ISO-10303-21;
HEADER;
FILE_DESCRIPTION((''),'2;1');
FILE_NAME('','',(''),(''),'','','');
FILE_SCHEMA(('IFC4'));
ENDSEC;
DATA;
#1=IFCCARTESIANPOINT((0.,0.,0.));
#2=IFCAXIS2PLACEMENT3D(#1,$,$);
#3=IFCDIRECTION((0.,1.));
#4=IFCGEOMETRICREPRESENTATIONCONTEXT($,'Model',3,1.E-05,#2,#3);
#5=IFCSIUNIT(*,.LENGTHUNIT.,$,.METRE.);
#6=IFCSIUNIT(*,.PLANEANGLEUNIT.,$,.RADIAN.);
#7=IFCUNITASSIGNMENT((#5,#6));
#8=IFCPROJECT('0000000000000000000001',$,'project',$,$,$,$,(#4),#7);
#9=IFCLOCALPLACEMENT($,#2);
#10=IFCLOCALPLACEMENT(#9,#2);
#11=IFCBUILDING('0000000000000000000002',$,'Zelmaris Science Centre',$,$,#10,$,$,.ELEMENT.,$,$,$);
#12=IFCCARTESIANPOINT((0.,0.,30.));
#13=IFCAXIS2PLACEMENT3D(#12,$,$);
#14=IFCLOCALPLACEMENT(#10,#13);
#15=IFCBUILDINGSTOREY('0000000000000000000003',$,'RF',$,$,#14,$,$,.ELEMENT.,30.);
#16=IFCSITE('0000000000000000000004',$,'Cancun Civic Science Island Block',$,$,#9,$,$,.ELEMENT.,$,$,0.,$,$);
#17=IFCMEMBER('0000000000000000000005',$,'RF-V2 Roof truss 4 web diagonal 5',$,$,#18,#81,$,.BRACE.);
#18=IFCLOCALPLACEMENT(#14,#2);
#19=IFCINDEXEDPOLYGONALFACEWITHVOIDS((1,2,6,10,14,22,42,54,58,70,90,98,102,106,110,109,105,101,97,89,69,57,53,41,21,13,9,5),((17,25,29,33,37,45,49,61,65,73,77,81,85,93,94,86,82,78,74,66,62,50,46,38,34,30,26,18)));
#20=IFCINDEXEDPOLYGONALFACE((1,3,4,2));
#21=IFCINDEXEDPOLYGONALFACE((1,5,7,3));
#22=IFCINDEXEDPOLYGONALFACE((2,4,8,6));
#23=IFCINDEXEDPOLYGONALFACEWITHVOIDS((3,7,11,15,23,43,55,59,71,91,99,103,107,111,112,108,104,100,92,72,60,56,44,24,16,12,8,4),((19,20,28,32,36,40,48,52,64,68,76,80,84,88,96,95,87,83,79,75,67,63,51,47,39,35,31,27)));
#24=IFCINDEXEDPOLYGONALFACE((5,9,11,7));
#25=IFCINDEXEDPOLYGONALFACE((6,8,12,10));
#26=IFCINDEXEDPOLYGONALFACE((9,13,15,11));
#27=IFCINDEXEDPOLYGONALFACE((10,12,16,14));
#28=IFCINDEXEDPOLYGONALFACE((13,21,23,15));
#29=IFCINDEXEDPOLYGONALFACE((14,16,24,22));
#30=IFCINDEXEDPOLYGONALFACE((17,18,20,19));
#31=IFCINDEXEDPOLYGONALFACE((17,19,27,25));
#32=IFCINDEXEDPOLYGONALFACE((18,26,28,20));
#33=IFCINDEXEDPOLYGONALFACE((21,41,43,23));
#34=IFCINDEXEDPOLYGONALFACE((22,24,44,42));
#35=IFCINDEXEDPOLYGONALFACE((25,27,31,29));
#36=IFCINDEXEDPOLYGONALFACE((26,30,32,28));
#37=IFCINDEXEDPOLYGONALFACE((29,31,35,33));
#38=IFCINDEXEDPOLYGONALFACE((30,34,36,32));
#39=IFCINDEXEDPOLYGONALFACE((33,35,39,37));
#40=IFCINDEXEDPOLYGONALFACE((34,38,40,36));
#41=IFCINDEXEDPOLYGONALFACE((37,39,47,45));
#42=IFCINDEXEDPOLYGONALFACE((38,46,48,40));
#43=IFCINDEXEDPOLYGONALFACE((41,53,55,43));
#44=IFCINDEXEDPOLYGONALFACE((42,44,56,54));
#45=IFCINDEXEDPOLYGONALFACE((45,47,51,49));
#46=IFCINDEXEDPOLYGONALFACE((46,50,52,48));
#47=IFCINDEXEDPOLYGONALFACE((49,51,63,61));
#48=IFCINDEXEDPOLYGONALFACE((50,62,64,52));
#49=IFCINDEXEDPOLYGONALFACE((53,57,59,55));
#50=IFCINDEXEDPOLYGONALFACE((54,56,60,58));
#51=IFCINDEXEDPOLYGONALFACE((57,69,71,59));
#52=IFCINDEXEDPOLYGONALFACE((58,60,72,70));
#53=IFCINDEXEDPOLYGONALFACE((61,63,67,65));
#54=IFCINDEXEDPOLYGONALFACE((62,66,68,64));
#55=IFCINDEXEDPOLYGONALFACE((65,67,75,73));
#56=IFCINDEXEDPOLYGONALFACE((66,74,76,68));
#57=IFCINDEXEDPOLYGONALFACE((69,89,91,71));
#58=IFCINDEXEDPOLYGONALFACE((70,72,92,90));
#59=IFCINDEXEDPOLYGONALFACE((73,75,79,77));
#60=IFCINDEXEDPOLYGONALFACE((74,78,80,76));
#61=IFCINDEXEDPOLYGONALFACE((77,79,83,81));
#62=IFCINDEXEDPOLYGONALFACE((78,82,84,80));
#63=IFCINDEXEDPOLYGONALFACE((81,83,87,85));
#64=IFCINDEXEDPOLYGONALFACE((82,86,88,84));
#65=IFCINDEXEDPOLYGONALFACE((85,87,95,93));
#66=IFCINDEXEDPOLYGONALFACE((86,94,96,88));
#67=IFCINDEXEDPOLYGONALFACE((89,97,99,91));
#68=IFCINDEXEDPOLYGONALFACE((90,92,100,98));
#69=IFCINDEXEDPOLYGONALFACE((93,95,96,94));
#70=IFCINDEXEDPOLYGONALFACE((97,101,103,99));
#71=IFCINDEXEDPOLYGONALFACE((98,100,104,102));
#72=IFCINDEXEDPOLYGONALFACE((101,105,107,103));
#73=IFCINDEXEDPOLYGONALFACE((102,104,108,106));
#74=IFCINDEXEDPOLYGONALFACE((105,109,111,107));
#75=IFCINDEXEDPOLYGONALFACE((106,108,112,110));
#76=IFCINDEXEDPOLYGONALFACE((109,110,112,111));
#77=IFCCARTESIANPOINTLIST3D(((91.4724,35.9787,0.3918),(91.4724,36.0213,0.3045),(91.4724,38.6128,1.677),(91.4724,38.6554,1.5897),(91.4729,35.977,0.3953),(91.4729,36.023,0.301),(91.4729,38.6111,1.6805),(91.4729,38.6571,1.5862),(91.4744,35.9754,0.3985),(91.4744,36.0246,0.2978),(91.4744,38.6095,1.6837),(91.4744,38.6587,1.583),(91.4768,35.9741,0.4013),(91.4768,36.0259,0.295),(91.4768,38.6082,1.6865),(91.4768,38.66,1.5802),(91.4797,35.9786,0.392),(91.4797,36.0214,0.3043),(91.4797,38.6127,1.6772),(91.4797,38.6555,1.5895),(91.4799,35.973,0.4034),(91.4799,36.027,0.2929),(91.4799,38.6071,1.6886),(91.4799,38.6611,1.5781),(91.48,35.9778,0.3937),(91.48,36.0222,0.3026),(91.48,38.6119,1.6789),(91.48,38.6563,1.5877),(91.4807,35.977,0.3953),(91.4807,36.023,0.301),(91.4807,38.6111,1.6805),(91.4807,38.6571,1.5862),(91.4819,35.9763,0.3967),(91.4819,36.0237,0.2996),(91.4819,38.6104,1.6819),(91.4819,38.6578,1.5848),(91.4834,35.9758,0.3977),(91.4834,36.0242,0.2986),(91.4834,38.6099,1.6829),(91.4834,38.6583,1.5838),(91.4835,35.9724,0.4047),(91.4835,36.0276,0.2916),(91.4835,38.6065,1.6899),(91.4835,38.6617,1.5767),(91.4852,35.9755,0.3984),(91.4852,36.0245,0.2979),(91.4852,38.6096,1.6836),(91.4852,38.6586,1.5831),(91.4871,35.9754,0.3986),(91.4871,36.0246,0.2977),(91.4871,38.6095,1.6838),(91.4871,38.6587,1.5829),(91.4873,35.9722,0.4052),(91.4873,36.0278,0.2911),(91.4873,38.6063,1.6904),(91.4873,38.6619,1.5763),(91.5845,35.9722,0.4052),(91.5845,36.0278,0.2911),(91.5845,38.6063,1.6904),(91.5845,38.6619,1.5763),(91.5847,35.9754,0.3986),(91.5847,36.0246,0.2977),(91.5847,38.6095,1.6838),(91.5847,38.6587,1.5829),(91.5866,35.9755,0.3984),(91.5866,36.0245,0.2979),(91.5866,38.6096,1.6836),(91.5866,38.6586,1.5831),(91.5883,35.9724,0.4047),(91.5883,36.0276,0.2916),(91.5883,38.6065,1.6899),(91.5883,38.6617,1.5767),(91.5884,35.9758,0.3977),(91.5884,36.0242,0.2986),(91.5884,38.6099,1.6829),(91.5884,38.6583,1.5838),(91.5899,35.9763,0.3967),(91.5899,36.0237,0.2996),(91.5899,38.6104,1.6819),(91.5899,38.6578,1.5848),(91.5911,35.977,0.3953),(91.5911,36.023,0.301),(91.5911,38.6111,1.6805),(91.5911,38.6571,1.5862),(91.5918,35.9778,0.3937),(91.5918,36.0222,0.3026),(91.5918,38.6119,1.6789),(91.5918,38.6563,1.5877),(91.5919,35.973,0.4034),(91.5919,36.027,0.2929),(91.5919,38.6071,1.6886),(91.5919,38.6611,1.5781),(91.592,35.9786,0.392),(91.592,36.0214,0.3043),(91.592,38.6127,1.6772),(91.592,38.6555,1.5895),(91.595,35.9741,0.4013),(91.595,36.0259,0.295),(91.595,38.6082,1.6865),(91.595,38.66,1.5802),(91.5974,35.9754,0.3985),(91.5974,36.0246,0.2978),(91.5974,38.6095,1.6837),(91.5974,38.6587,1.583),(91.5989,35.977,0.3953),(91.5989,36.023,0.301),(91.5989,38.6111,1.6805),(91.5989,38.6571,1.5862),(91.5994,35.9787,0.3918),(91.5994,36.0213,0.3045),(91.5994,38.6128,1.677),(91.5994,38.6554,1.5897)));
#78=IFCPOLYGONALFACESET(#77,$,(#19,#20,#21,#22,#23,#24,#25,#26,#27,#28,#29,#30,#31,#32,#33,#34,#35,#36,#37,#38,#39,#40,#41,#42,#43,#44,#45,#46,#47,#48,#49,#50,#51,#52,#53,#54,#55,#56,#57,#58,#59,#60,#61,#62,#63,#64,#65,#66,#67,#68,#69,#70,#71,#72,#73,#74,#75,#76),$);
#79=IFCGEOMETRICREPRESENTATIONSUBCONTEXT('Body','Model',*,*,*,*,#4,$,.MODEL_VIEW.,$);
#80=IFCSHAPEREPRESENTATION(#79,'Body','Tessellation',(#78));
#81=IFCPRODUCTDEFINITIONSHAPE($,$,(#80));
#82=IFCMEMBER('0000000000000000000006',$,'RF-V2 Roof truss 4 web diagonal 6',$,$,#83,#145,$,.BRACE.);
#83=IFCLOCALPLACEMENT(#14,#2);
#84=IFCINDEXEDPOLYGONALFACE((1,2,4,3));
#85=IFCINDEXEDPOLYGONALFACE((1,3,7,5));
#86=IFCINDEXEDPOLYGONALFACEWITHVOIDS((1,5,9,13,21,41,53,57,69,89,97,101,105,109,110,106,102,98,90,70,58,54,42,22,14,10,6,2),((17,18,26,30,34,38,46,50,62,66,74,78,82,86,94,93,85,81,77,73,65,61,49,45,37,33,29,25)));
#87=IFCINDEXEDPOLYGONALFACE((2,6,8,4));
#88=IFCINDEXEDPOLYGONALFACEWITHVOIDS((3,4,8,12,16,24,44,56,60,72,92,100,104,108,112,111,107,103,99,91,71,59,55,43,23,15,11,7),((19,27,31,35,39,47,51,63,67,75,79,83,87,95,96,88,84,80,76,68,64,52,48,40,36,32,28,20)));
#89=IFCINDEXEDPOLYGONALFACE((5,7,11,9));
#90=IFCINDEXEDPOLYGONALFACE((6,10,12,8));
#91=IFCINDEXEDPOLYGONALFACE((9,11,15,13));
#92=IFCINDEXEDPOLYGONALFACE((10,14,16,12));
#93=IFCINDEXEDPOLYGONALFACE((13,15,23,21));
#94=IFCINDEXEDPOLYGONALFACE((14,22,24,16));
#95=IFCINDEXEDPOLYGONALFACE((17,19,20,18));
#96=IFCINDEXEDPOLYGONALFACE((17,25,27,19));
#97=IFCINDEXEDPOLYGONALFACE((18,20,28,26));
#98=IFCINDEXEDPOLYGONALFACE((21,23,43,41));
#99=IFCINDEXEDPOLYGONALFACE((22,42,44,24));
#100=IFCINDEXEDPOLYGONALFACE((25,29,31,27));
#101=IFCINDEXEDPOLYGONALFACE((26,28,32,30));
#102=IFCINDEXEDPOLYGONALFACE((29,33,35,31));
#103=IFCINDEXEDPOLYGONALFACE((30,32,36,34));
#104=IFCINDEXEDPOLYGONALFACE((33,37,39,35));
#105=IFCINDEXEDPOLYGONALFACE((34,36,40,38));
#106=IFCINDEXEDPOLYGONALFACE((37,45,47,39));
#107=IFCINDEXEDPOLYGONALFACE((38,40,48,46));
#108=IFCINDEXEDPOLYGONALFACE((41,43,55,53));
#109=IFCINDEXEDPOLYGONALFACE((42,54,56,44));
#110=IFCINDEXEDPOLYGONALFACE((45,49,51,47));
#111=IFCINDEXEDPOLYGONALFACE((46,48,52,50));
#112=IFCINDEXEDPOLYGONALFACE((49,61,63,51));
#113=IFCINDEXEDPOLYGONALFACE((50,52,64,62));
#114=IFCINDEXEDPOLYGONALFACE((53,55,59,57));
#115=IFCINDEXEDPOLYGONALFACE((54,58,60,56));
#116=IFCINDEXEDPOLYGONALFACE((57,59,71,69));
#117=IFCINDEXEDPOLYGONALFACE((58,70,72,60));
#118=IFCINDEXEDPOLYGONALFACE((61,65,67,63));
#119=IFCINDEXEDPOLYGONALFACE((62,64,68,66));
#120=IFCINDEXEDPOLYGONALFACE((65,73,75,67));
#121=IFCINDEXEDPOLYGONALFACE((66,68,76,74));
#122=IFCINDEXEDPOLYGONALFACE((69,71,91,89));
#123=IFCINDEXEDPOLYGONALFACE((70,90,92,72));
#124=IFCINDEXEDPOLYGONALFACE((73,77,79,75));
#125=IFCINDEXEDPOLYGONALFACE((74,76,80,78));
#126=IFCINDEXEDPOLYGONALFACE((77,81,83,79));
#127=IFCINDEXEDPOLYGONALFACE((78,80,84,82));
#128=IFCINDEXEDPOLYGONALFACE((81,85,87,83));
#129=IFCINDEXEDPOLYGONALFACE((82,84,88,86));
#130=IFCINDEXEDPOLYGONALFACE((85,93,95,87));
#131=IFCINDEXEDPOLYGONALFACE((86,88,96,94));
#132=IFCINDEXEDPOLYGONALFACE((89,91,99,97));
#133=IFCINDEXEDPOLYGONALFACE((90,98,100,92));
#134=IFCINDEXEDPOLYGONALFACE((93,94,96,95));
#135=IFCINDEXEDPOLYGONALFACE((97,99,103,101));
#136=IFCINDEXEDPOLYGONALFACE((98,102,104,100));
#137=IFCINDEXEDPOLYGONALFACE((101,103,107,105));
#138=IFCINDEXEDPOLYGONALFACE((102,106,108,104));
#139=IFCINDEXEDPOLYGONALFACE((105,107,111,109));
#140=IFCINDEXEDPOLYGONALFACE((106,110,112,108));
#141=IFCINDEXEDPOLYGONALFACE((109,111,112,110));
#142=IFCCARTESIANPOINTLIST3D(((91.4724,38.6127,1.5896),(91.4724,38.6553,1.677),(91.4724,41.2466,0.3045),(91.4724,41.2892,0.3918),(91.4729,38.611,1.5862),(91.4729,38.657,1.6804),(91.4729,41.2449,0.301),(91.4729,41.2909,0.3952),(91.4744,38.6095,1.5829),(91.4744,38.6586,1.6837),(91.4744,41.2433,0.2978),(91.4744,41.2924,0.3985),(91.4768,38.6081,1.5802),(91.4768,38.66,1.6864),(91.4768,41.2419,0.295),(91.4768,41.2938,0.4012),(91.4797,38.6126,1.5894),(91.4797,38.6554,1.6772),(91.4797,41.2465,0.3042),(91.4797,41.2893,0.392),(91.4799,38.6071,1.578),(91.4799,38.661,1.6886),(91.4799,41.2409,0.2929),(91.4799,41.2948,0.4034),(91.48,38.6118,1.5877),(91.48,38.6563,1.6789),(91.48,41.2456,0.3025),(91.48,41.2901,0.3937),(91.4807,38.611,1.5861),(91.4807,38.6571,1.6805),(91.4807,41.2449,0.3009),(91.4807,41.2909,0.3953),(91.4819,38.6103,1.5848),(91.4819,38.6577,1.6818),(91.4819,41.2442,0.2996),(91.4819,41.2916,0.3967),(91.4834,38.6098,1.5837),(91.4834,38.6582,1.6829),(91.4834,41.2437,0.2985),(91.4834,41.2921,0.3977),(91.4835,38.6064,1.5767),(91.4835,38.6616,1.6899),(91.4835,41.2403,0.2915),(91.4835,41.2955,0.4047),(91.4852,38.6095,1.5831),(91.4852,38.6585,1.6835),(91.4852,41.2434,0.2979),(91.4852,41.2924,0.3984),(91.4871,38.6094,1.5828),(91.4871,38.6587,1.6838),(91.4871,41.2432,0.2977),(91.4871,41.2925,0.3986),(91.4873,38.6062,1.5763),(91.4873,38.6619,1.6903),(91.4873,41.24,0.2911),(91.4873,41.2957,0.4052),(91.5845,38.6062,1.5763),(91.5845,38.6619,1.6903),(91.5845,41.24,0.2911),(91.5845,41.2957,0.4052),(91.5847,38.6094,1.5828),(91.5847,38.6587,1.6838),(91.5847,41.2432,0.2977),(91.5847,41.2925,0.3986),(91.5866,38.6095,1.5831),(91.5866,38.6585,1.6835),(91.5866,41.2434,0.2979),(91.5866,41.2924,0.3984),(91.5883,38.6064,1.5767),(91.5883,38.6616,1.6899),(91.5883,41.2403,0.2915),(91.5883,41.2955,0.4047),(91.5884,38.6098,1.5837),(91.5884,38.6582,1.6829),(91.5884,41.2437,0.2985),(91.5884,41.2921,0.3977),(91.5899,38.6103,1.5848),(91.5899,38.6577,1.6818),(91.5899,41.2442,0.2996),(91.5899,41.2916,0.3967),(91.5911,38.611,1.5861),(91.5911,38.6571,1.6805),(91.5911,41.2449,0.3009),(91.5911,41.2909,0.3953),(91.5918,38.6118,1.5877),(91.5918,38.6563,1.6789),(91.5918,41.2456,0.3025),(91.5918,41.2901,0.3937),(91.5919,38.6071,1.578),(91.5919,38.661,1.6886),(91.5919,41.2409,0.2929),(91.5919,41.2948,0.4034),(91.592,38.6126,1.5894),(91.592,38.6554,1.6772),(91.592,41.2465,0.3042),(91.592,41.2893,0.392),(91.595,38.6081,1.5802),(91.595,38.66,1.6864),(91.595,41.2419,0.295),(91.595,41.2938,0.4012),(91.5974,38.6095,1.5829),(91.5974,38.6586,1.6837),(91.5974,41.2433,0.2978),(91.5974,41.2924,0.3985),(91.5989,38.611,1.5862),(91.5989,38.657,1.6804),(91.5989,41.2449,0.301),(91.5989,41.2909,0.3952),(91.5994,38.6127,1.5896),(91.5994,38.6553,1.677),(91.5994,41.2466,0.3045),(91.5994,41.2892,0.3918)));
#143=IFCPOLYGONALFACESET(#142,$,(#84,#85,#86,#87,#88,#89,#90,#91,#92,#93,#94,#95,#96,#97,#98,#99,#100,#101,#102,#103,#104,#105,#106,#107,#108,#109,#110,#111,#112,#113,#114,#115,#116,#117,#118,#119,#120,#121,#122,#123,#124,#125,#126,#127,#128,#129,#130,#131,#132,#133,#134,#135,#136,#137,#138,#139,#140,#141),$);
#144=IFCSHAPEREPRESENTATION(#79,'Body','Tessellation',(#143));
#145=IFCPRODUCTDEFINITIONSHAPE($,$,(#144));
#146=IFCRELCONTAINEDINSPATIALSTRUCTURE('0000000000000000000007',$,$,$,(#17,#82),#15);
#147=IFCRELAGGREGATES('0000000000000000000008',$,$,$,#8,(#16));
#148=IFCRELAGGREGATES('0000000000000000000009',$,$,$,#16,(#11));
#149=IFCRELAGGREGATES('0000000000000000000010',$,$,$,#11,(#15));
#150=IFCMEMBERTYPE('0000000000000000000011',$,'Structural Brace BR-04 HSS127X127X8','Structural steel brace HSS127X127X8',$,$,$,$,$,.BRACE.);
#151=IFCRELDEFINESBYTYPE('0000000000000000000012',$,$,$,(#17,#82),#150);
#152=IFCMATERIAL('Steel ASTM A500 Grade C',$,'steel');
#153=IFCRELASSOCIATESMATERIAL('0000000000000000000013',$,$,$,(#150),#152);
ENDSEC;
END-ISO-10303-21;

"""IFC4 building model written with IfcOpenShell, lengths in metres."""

from ifc_helpers import new_model, si_unit, direction, frame, origin, origin_2d, place, context, subcontext, project, spatial, hollow_rectangle, extrude, material, material_profile, profile_set, type_object, element, save


model = new_model("IFC4")

# Units and contexts
model_context = context("Model", 3, precision=1e-05, world=origin(), true_north=direction((0.0, 1.0)))
body_context = subcontext(model_context, "Body", "Model", "MODEL_VIEW")
ifc_project = project(units=[si_unit("LENGTHUNIT", "METRE"), si_unit("PLANEANGLEUNIT", "RADIAN")], contexts=[model_context])

# Site, building, storey
site_placement = place(None, origin())
site = spatial("IfcSite", under=ifc_project, at=site_placement, Name="Cancun Civic Science Island Block", CompositionType="ELEMENT", RefElevation=0.0)
building_placement = place(site_placement, origin())
building = spatial("IfcBuilding", under=site, at=building_placement, Name="Zelmaris Science Centre", CompositionType="ELEMENT")
storey_placement = place(building_placement, frame((0.0, 0.0, 30.0)))
storey = spatial("IfcBuildingStorey", under=building, at=storey_placement, Name="RF", CompositionType="ELEMENT", Elevation=30.0)

# Shared definitions
ifc_material_1 = material(Name="Steel ASTM A500 Grade C", Category="steel")

# Members
ifc_material_profile_1 = material_profile(ifc_material_1, hollow_rectangle(XDim=0.127, YDim=0.127, WallThickness=0.0073, InnerFilletRadius=0.0073, OuterFilletRadius=0.0149, at=origin_2d()), Name="HSS127X127X8")
ifc_profile_set_1 = profile_set([ifc_material_profile_1], Name="Steel ASTM A500 Grade C")
member_type_1 = type_object("IfcMemberType", Name="Structural Brace BR-04 HSS127X127X8", Description="Structural steel brace HSS127X127X8", PredefinedType="BRACE", material=ifc_profile_set_1)
member_1_placement = place(storey_placement, frame((91.5359, 36.0, 0.3481), z_axis=(0.0, 0.898733, 0.438496), x_axis=(-1.0, 0.0, 0.0)))
element("IfcMember", 1, at=member_1_placement, inside=storey, type_object=member_type_1, Name="RF-V2 Roof truss 4 web diagonal 5", PredefinedType="BRACE", context=body_context, shape_type="SweptSolid", body=[
    extrude(hollow_rectangle(XDim=0.127, YDim=0.127, WallThickness=0.0073, InnerFilletRadius=0.0073, OuterFilletRadius=0.0149, at=origin_2d()), origin(), (0.0, 0.0, 1.0), 2.9309),
])
member_2_placement = place(storey_placement, frame((91.5359, 38.634, 1.6333), z_axis=(0.0, 0.898717, -0.438529), x_axis=(-1.0, 0.0, 0.0)))
element("IfcMember", 2, at=member_2_placement, inside=storey, type_object=member_type_1, Name="RF-V2 Roof truss 4 web diagonal 6", PredefinedType="BRACE", context=body_context, shape_type="SweptSolid", body=[
    extrude(hollow_rectangle(XDim=0.127, YDim=0.127, WallThickness=0.0073, InnerFilletRadius=0.0073, OuterFilletRadius=0.0149, at=origin_2d()), origin(), (0.0, 0.0, 1.0), 2.9307),
])

save(model, "model.ifc")
